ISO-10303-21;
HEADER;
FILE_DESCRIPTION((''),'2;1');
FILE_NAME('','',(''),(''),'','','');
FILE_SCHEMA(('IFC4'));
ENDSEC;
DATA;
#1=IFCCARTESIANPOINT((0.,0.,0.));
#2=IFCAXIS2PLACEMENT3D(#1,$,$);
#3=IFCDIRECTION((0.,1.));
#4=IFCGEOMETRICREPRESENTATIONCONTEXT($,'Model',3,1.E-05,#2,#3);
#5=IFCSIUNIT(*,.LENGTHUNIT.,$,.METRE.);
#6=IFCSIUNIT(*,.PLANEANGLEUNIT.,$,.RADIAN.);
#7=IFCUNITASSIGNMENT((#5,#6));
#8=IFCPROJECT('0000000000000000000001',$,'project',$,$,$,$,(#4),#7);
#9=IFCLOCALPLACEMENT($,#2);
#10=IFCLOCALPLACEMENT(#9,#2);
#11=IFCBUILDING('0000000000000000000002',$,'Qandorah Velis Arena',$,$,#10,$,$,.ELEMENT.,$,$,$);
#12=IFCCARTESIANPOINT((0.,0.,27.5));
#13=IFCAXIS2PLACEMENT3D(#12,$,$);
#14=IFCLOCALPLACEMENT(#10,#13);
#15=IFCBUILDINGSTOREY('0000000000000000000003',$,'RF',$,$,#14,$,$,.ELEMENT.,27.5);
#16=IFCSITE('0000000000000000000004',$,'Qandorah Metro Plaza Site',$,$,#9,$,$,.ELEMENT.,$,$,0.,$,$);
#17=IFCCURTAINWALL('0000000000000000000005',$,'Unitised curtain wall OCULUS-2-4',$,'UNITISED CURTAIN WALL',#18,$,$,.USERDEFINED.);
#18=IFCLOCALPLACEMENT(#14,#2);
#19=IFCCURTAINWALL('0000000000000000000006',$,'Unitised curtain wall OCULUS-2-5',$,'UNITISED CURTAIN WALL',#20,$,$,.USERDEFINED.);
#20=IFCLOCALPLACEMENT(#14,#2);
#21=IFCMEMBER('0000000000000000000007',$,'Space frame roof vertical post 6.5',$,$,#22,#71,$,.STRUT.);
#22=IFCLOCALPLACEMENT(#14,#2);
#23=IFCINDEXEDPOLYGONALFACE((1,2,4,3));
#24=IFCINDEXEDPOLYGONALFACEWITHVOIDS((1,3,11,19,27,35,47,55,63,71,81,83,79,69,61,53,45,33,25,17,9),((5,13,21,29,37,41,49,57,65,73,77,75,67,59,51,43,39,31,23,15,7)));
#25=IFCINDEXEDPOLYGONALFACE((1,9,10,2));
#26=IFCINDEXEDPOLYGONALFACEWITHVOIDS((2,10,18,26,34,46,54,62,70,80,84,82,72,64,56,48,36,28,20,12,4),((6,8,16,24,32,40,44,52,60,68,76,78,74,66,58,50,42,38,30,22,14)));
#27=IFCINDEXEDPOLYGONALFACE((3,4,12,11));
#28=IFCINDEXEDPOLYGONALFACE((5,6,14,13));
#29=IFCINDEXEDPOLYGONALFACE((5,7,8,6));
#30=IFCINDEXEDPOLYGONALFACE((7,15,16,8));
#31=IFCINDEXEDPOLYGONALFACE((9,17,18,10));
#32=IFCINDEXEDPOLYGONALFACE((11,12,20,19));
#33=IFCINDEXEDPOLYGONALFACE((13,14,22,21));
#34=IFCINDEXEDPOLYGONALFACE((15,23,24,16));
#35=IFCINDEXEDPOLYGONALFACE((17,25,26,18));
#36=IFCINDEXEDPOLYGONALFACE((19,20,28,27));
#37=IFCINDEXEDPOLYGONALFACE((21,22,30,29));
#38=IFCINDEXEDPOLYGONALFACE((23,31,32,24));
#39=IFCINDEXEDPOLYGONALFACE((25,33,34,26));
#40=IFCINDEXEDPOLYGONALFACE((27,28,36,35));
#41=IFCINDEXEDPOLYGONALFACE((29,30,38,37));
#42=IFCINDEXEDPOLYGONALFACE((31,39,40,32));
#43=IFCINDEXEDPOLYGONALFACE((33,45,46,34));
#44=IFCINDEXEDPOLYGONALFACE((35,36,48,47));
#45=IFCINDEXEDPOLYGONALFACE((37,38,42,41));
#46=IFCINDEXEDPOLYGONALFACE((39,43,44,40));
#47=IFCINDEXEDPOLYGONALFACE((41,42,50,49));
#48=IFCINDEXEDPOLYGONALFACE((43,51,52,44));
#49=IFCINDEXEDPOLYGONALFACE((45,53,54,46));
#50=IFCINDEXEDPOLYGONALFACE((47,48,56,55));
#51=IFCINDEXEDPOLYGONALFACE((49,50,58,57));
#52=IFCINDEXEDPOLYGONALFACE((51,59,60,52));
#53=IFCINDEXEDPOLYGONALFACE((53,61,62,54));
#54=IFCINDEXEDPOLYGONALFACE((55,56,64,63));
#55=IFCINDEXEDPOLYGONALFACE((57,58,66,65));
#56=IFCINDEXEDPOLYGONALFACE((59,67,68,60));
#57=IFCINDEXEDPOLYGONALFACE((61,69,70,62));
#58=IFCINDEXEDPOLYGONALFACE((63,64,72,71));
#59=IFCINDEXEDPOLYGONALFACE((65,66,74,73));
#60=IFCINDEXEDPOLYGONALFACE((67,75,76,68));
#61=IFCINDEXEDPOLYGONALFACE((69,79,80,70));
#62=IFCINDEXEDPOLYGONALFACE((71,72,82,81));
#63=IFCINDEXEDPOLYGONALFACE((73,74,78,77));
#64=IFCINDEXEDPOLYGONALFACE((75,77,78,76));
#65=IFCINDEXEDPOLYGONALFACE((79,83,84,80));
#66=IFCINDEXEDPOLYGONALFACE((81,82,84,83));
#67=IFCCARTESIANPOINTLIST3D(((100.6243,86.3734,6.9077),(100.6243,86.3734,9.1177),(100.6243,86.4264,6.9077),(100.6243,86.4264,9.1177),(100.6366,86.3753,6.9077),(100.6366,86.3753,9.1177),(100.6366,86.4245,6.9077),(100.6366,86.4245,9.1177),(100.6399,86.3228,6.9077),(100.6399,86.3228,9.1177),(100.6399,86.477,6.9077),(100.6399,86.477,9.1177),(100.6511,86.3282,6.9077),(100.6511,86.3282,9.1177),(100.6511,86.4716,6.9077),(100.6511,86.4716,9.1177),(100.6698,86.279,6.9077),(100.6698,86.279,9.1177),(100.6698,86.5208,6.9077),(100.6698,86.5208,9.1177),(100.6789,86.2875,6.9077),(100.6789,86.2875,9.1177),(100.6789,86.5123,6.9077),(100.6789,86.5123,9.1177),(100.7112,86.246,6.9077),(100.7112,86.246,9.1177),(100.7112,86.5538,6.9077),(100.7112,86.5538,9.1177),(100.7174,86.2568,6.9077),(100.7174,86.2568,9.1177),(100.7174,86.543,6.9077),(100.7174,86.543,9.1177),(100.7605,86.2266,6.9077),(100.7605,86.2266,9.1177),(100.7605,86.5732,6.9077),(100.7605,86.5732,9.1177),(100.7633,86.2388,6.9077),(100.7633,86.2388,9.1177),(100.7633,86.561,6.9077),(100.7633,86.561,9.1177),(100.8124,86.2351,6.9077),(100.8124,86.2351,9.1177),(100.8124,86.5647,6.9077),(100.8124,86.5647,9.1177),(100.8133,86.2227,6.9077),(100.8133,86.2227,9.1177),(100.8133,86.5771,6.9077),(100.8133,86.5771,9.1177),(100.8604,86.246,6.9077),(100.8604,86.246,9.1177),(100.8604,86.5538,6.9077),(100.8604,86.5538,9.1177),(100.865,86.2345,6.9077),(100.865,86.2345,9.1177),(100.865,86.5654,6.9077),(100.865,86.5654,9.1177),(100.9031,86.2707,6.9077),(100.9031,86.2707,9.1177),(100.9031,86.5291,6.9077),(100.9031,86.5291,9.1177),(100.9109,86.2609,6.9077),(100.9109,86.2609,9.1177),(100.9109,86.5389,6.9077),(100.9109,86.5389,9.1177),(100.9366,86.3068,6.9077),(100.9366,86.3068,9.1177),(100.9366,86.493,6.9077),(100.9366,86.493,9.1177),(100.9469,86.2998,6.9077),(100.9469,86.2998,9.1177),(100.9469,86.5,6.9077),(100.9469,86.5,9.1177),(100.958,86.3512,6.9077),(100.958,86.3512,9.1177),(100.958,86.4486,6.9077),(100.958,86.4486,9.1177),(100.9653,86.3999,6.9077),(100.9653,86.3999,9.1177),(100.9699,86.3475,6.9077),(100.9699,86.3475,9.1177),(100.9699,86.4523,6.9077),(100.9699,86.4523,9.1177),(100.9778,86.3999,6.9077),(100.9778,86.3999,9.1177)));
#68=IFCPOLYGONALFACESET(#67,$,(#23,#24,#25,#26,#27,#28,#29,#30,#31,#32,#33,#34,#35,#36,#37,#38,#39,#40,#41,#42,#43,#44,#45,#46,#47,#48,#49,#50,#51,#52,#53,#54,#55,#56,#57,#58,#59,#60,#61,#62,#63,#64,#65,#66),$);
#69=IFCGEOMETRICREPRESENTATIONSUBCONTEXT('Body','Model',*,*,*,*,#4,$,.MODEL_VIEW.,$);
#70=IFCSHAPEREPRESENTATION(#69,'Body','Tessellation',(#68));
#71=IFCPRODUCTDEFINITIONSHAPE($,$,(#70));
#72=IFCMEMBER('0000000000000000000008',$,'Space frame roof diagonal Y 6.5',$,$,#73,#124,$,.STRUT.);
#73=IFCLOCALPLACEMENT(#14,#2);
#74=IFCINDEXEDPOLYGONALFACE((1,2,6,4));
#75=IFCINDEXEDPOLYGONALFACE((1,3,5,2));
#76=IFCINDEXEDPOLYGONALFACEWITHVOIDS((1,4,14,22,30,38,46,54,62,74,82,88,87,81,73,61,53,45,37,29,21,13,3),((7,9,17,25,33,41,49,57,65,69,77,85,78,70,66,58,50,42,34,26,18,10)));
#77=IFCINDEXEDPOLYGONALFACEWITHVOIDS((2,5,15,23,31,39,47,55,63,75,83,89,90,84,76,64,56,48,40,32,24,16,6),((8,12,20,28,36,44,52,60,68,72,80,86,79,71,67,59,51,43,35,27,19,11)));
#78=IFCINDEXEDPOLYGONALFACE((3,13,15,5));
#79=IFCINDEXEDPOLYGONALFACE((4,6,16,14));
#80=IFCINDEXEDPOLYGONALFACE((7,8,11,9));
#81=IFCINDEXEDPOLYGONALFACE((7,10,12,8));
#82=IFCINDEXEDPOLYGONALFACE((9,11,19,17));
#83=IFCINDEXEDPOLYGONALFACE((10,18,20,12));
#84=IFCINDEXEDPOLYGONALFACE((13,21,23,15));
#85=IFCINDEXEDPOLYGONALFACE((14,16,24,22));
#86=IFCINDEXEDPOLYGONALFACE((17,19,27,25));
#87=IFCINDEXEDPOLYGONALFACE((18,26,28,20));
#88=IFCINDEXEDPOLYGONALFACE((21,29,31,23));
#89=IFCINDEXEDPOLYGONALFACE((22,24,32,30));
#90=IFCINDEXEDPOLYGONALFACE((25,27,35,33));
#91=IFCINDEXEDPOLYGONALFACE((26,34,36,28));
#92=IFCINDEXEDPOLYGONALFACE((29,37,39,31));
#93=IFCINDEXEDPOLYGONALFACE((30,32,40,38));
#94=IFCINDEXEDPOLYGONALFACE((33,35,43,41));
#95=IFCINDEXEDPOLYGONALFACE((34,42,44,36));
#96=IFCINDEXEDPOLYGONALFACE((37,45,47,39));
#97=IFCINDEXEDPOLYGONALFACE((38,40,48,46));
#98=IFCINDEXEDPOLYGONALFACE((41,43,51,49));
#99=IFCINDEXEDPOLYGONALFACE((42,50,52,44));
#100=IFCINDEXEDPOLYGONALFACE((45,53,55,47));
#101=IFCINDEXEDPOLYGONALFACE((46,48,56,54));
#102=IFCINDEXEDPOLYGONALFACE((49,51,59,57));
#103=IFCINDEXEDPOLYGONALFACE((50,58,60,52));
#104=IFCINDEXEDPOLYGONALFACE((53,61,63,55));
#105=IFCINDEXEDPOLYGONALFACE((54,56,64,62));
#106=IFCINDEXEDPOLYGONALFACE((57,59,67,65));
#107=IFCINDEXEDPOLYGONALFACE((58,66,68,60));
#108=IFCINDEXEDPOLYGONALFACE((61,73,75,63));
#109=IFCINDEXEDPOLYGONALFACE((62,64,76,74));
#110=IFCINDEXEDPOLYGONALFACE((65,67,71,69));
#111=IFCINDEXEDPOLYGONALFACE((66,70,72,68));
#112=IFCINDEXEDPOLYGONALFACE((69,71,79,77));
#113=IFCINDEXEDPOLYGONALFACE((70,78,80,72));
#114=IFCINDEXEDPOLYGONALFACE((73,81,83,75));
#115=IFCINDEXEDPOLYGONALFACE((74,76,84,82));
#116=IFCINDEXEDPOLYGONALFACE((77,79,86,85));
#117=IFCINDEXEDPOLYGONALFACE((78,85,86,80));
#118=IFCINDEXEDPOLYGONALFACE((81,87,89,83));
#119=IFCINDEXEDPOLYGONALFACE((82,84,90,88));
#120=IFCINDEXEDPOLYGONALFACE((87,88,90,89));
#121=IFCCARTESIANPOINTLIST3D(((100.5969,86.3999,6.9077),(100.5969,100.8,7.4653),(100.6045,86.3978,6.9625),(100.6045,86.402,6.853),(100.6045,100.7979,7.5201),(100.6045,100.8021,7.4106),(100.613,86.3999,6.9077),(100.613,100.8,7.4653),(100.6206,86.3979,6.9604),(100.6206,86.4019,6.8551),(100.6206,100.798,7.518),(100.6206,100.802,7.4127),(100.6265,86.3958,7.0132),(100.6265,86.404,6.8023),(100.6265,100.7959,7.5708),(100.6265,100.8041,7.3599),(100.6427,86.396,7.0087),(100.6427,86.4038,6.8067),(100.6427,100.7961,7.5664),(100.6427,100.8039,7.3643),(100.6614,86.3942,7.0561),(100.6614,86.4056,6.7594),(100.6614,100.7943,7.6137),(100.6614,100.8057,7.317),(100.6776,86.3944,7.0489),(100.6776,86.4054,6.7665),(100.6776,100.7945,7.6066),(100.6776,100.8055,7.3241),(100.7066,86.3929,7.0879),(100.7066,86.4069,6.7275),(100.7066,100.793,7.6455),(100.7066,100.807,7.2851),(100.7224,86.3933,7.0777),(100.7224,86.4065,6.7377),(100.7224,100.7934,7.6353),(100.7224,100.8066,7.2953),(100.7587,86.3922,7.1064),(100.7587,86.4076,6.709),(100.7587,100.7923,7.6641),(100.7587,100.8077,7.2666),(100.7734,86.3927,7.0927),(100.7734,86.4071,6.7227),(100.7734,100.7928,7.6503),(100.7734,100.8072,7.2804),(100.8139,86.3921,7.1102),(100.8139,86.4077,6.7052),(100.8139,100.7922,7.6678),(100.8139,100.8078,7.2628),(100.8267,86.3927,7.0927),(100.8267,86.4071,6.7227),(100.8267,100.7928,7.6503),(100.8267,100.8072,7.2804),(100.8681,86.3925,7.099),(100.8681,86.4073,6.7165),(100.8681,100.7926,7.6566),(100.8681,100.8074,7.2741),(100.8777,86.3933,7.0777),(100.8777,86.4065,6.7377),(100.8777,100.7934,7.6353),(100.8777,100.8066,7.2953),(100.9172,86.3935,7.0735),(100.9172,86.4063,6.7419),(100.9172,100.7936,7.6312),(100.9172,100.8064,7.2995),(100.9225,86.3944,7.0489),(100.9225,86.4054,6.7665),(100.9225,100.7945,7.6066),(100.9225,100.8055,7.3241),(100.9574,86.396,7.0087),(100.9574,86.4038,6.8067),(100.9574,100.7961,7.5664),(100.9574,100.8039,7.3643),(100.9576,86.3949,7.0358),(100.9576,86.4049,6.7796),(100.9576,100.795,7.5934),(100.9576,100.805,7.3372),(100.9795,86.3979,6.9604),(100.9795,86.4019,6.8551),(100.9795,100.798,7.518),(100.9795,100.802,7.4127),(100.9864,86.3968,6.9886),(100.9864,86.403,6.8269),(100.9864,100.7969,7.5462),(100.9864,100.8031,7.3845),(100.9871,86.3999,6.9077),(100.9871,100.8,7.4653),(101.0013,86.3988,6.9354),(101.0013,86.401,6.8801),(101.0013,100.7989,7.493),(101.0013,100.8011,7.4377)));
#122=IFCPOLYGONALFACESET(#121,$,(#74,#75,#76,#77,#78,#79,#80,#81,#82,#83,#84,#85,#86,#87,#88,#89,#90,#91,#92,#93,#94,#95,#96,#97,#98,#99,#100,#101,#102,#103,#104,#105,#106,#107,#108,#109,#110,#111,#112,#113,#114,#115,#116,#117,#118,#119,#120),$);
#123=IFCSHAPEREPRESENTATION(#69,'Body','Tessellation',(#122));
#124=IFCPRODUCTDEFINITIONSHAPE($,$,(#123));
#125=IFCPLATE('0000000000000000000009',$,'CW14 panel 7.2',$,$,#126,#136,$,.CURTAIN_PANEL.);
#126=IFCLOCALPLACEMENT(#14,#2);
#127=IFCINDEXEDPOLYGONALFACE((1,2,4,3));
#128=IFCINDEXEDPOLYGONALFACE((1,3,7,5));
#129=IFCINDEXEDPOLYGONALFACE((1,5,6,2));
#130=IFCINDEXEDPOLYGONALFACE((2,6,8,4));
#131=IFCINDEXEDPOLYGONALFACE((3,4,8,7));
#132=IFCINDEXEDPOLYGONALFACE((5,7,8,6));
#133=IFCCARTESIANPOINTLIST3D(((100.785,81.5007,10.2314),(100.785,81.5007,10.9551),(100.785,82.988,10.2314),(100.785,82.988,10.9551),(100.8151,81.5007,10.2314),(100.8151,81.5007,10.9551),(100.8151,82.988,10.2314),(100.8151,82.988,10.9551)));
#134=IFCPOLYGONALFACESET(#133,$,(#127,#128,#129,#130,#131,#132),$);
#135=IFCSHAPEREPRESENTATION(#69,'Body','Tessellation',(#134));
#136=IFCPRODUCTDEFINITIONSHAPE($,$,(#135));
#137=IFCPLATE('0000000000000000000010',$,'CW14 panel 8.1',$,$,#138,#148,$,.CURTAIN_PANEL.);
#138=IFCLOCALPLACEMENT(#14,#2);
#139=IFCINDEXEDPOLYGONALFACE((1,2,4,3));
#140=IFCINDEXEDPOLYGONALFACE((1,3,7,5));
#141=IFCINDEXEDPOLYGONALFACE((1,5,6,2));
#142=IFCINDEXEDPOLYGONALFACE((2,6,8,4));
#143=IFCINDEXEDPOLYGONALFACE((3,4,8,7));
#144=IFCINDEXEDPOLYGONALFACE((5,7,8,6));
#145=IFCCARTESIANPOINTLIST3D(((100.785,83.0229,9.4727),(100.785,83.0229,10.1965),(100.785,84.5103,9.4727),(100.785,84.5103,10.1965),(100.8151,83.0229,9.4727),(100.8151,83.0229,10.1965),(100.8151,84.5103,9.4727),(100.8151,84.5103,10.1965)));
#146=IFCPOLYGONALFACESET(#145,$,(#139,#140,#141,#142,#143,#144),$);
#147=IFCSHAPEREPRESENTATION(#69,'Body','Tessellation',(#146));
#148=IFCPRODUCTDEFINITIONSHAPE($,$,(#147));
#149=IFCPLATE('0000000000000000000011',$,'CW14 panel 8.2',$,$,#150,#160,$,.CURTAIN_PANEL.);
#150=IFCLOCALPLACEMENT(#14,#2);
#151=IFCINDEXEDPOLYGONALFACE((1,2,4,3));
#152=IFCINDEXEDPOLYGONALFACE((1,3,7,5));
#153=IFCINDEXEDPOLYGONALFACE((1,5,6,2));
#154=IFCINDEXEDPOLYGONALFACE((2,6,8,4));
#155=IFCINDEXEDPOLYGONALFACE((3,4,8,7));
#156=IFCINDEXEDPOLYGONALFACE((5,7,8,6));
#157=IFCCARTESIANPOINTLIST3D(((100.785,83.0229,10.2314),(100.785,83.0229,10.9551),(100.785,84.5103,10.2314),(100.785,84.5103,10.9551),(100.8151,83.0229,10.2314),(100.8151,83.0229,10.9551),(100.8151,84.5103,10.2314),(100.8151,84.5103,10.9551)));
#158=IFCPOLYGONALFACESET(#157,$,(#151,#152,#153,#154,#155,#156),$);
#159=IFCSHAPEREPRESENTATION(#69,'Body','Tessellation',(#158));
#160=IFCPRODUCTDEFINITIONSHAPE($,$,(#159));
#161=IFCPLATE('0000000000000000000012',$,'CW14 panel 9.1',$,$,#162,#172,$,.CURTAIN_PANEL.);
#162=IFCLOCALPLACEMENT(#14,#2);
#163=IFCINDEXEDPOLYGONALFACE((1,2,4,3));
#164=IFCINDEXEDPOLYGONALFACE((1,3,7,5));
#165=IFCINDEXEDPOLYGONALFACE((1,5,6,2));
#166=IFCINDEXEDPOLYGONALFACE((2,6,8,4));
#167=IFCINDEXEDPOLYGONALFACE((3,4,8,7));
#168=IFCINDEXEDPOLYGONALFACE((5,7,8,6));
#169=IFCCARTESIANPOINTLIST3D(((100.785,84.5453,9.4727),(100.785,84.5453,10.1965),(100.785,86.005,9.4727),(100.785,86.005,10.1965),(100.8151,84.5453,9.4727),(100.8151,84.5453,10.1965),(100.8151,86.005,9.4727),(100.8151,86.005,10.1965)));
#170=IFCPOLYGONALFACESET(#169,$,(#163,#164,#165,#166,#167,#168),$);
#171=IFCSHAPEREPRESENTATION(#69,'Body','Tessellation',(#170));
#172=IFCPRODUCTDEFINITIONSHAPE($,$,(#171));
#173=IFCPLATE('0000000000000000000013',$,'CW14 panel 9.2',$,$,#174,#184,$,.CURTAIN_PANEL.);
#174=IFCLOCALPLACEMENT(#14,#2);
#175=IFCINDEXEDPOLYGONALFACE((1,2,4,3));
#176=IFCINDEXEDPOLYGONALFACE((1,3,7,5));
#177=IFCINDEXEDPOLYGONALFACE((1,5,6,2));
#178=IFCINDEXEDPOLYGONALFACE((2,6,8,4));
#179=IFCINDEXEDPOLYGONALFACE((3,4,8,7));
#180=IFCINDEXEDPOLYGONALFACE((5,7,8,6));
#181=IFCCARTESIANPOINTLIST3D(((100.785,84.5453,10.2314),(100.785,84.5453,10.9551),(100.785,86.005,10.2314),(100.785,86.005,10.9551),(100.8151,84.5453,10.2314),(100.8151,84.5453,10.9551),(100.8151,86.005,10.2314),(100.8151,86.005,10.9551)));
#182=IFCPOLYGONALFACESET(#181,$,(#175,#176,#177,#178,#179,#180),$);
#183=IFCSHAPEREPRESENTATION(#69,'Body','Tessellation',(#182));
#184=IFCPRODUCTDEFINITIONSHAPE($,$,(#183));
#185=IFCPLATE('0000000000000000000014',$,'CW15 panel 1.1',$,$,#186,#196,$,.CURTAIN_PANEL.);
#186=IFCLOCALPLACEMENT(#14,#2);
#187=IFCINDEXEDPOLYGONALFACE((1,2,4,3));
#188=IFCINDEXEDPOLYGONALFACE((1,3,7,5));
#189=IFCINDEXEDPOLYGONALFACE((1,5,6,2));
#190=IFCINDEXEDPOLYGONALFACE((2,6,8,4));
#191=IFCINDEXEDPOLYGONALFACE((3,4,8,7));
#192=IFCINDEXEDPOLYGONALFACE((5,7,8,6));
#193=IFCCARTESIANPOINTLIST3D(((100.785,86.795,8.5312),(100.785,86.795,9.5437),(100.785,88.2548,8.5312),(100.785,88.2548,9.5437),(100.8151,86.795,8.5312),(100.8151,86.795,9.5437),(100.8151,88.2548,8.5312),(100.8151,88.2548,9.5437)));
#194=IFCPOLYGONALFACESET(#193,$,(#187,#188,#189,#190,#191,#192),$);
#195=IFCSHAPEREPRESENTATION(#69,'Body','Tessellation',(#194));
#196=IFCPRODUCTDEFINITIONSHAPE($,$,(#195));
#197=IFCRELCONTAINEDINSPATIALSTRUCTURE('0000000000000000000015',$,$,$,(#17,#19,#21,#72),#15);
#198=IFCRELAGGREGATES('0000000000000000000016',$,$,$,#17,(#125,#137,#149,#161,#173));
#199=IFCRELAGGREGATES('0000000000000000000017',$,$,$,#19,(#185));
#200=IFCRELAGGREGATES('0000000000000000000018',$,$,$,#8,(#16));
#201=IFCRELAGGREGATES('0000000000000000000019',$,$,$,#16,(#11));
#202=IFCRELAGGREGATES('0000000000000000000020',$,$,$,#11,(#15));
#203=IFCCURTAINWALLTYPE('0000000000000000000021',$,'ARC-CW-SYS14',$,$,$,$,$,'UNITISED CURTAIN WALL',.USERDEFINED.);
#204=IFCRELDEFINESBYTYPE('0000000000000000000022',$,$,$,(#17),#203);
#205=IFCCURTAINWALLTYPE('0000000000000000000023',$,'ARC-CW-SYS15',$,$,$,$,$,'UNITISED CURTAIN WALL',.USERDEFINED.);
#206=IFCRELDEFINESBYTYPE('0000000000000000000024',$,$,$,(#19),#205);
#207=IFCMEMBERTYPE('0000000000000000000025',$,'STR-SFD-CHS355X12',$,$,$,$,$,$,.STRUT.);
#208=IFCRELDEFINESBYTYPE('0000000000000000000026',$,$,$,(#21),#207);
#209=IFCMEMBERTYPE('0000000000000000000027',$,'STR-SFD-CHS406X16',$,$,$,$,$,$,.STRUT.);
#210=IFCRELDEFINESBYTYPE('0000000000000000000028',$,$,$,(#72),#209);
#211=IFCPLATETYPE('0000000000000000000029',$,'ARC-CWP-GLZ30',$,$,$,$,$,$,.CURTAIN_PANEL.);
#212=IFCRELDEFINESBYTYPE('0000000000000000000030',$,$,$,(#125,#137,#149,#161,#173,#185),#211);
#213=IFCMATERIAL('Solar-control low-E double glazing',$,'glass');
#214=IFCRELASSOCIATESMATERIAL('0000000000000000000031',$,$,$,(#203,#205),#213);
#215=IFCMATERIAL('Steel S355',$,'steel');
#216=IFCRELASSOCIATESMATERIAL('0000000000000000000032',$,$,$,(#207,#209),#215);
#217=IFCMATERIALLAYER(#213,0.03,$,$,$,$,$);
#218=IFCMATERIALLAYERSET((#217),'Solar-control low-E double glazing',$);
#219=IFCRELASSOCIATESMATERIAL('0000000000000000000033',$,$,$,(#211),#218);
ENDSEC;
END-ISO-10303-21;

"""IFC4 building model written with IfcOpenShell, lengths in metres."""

from ifc_helpers import new_model, si_unit, direction, frame, origin, origin_2d, place, context, subcontext, project, spatial, rectangle, hollow_circle, extrude, material, layer, layer_set, material_profile, profile_set, type_object, element, aggregate, save


model = new_model("IFC4")

# Units and contexts
model_context = context("Model", 3, precision=1e-05, world=origin(), true_north=direction((0.0, 1.0)))
body_context = subcontext(model_context, "Body", "Model", "MODEL_VIEW")
ifc_project = project(units=[si_unit("LENGTHUNIT", "METRE"), si_unit("PLANEANGLEUNIT", "RADIAN")], contexts=[model_context])

# Site, building, storey
site_placement = place(None, origin())
site = spatial("IfcSite", under=ifc_project, at=site_placement, Name="Qandorah Metro Plaza Site", CompositionType="ELEMENT", RefElevation=0.0)
building_placement = place(site_placement, origin())
building = spatial("IfcBuilding", under=site, at=building_placement, Name="Qandorah Velis Arena", CompositionType="ELEMENT")
storey_placement = place(building_placement, frame((0.0, 0.0, 27.5)))
storey = spatial("IfcBuildingStorey", under=building, at=storey_placement, Name="RF", CompositionType="ELEMENT", Elevation=27.5)

# Curtain walls
ifc_material_1 = material(Name="Solar-control low-E double glazing", Category="glass")
curtain_wall_type_1 = type_object("IfcCurtainWallType", Name="ARC-CW-SYS14", ElementType="UNITISED CURTAIN WALL", PredefinedType="USERDEFINED", material=ifc_material_1)
curtain_wall_1_placement = place(storey_placement, origin())
curtain_wall_1 = element("IfcCurtainWall", 1, at=curtain_wall_1_placement, inside=storey, type_object=curtain_wall_type_1, Name="Unitised curtain wall OCULUS-2-4", ObjectType="UNITISED CURTAIN WALL", PredefinedType="USERDEFINED")
curtain_wall_type_2 = type_object("IfcCurtainWallType", Name="ARC-CW-SYS15", ElementType="UNITISED CURTAIN WALL", PredefinedType="USERDEFINED", material=ifc_material_1)
curtain_wall_2_placement = place(storey_placement, origin())
curtain_wall_2 = element("IfcCurtainWall", 2, at=curtain_wall_2_placement, inside=storey, type_object=curtain_wall_type_2, Name="Unitised curtain wall OCULUS-2-5", ObjectType="UNITISED CURTAIN WALL", PredefinedType="USERDEFINED")

# Shared definitions
ifc_material_2 = material(Name="Steel S355", Category="steel")

# Members
ifc_material_profile_1 = material_profile(ifc_material_2, hollow_circle(Radius=0.1777, WallThickness=0.0125, at=origin_2d()), Name="CHS 355.6x12.5")
ifc_profile_set_1 = profile_set([ifc_material_profile_1], Name="Steel S355")
member_type_1 = type_object("IfcMemberType", Name="STR-SFD-CHS355X12", PredefinedType="STRUT", material=ifc_profile_set_1)
member_1_placement = place(storey_placement, frame((100.8, 86.3999, 6.9077), z_axis=(0.0, 0.0, 1.0), x_axis=(1.0, 0.0, 0.0)))
element("IfcMember", 3, at=member_1_placement, inside=storey, type_object=member_type_1, Name="Space frame roof vertical post 6.5", PredefinedType="STRUT", context=body_context, shape_type="SweptSolid", body=[
    extrude(hollow_circle(Radius=0.1777, WallThickness=0.0125, at=origin_2d()), origin(), (0.0, 0.0, 1.0), 2.21),
])
ifc_material_profile_2 = material_profile(ifc_material_2, hollow_circle(Radius=0.2031, WallThickness=0.0161, at=origin_2d()), Name="CHS 406.4x16")
ifc_profile_set_2 = profile_set([ifc_material_profile_2], Name="Steel S355")
member_type_2 = type_object("IfcMemberType", Name="STR-SFD-CHS406X16", PredefinedType="STRUT", material=ifc_profile_set_2)
member_2_placement = place(storey_placement, frame((100.8, 86.3999, 6.9077), z_axis=(0.0, 0.999251, 0.038694), x_axis=(-1.0, 0.0, 0.0)))
element("IfcMember", 4, at=member_2_placement, inside=storey, type_object=member_type_2, Name="Space frame roof diagonal Y 6.5", PredefinedType="STRUT", context=body_context, shape_type="SweptSolid", body=[
    extrude(hollow_circle(Radius=0.2031, WallThickness=0.0161, at=origin_2d()), origin(), (0.0, 0.0, 1.0), 14.4109),
])

# Plates
ifc_layer_1 = layer(ifc_material_1, 0.03)
ifc_layer_set_1 = layer_set([ifc_layer_1], Name="Solar-control low-E double glazing")
plate_type = type_object("IfcPlateType", Name="ARC-CWP-GLZ30", PredefinedType="CURTAIN_PANEL", material=ifc_layer_set_1)
plate_1_placement = place(storey_placement, frame((100.8, 82.2444, 10.2314), z_axis=(0.0, 0.0, 1.0), x_axis=(0.0, 1.0, 0.0)))
plate_1 = element("IfcPlate", 5, at=plate_1_placement, type_object=plate_type, Name="CW14 panel 7.2", PredefinedType="CURTAIN_PANEL", context=body_context, shape_type="SweptSolid", body=[
    extrude(rectangle(XDim=1.4873, YDim=0.03, at=origin_2d()), origin(), (0.0, 0.0, 1.0), 0.7236),
])
plate_2_placement = place(storey_placement, frame((100.8, 83.7666, 9.4727), z_axis=(0.0, 0.0, 1.0), x_axis=(0.0, 1.0, 0.0)))
plate_2 = element("IfcPlate", 6, at=plate_2_placement, type_object=plate_type, Name="CW14 panel 8.1", PredefinedType="CURTAIN_PANEL", context=body_context, shape_type="SweptSolid", body=[
    extrude(rectangle(XDim=1.4873, YDim=0.03, at=origin_2d()), origin(), (0.0, 0.0, 1.0), 0.7239),
])
plate_3_placement = place(storey_placement, frame((100.8, 83.7666, 10.2314), z_axis=(0.0, 0.0, 1.0), x_axis=(0.0, 1.0, 0.0)))
plate_3 = element("IfcPlate", 7, at=plate_3_placement, type_object=plate_type, Name="CW14 panel 8.2", PredefinedType="CURTAIN_PANEL", context=body_context, shape_type="SweptSolid", body=[
    extrude(rectangle(XDim=1.4873, YDim=0.03, at=origin_2d()), origin(), (0.0, 0.0, 1.0), 0.7236),
])
plate_4_placement = place(storey_placement, frame((100.8, 85.2751, 9.4727), z_axis=(0.0, 0.0, 1.0), x_axis=(0.0, 1.0, 0.0)))
plate_4 = element("IfcPlate", 8, at=plate_4_placement, type_object=plate_type, Name="CW14 panel 9.1", PredefinedType="CURTAIN_PANEL", context=body_context, shape_type="SweptSolid", body=[
    extrude(rectangle(XDim=1.4597, YDim=0.03, at=origin_2d()), origin(), (0.0, 0.0, 1.0), 0.7239),
])
plate_5_placement = place(storey_placement, frame((100.8, 85.2751, 10.2314), z_axis=(0.0, 0.0, 1.0), x_axis=(0.0, 1.0, 0.0)))
plate_5 = element("IfcPlate", 9, at=plate_5_placement, type_object=plate_type, Name="CW14 panel 9.2", PredefinedType="CURTAIN_PANEL", context=body_context, shape_type="SweptSolid", body=[
    extrude(rectangle(XDim=1.4597, YDim=0.03, at=origin_2d()), origin(), (0.0, 0.0, 1.0), 0.7236),
])
aggregate(curtain_wall_1, [plate_1, plate_2, plate_3, plate_4, plate_5])
plate_6_placement = place(storey_placement, frame((100.8, 87.5249, 8.5312), z_axis=(0.0, 0.0, 1.0), x_axis=(0.0, 1.0, 0.0)))
plate_6 = element("IfcPlate", 10, at=plate_6_placement, type_object=plate_type, Name="CW15 panel 1.1", PredefinedType="CURTAIN_PANEL", context=body_context, shape_type="SweptSolid", body=[
    extrude(rectangle(XDim=1.4597, YDim=0.03, at=origin_2d()), origin(), (0.0, 0.0, 1.0), 1.0125),
])
aggregate(curtain_wall_2, [plate_6])

save(model, "model.ifc")
